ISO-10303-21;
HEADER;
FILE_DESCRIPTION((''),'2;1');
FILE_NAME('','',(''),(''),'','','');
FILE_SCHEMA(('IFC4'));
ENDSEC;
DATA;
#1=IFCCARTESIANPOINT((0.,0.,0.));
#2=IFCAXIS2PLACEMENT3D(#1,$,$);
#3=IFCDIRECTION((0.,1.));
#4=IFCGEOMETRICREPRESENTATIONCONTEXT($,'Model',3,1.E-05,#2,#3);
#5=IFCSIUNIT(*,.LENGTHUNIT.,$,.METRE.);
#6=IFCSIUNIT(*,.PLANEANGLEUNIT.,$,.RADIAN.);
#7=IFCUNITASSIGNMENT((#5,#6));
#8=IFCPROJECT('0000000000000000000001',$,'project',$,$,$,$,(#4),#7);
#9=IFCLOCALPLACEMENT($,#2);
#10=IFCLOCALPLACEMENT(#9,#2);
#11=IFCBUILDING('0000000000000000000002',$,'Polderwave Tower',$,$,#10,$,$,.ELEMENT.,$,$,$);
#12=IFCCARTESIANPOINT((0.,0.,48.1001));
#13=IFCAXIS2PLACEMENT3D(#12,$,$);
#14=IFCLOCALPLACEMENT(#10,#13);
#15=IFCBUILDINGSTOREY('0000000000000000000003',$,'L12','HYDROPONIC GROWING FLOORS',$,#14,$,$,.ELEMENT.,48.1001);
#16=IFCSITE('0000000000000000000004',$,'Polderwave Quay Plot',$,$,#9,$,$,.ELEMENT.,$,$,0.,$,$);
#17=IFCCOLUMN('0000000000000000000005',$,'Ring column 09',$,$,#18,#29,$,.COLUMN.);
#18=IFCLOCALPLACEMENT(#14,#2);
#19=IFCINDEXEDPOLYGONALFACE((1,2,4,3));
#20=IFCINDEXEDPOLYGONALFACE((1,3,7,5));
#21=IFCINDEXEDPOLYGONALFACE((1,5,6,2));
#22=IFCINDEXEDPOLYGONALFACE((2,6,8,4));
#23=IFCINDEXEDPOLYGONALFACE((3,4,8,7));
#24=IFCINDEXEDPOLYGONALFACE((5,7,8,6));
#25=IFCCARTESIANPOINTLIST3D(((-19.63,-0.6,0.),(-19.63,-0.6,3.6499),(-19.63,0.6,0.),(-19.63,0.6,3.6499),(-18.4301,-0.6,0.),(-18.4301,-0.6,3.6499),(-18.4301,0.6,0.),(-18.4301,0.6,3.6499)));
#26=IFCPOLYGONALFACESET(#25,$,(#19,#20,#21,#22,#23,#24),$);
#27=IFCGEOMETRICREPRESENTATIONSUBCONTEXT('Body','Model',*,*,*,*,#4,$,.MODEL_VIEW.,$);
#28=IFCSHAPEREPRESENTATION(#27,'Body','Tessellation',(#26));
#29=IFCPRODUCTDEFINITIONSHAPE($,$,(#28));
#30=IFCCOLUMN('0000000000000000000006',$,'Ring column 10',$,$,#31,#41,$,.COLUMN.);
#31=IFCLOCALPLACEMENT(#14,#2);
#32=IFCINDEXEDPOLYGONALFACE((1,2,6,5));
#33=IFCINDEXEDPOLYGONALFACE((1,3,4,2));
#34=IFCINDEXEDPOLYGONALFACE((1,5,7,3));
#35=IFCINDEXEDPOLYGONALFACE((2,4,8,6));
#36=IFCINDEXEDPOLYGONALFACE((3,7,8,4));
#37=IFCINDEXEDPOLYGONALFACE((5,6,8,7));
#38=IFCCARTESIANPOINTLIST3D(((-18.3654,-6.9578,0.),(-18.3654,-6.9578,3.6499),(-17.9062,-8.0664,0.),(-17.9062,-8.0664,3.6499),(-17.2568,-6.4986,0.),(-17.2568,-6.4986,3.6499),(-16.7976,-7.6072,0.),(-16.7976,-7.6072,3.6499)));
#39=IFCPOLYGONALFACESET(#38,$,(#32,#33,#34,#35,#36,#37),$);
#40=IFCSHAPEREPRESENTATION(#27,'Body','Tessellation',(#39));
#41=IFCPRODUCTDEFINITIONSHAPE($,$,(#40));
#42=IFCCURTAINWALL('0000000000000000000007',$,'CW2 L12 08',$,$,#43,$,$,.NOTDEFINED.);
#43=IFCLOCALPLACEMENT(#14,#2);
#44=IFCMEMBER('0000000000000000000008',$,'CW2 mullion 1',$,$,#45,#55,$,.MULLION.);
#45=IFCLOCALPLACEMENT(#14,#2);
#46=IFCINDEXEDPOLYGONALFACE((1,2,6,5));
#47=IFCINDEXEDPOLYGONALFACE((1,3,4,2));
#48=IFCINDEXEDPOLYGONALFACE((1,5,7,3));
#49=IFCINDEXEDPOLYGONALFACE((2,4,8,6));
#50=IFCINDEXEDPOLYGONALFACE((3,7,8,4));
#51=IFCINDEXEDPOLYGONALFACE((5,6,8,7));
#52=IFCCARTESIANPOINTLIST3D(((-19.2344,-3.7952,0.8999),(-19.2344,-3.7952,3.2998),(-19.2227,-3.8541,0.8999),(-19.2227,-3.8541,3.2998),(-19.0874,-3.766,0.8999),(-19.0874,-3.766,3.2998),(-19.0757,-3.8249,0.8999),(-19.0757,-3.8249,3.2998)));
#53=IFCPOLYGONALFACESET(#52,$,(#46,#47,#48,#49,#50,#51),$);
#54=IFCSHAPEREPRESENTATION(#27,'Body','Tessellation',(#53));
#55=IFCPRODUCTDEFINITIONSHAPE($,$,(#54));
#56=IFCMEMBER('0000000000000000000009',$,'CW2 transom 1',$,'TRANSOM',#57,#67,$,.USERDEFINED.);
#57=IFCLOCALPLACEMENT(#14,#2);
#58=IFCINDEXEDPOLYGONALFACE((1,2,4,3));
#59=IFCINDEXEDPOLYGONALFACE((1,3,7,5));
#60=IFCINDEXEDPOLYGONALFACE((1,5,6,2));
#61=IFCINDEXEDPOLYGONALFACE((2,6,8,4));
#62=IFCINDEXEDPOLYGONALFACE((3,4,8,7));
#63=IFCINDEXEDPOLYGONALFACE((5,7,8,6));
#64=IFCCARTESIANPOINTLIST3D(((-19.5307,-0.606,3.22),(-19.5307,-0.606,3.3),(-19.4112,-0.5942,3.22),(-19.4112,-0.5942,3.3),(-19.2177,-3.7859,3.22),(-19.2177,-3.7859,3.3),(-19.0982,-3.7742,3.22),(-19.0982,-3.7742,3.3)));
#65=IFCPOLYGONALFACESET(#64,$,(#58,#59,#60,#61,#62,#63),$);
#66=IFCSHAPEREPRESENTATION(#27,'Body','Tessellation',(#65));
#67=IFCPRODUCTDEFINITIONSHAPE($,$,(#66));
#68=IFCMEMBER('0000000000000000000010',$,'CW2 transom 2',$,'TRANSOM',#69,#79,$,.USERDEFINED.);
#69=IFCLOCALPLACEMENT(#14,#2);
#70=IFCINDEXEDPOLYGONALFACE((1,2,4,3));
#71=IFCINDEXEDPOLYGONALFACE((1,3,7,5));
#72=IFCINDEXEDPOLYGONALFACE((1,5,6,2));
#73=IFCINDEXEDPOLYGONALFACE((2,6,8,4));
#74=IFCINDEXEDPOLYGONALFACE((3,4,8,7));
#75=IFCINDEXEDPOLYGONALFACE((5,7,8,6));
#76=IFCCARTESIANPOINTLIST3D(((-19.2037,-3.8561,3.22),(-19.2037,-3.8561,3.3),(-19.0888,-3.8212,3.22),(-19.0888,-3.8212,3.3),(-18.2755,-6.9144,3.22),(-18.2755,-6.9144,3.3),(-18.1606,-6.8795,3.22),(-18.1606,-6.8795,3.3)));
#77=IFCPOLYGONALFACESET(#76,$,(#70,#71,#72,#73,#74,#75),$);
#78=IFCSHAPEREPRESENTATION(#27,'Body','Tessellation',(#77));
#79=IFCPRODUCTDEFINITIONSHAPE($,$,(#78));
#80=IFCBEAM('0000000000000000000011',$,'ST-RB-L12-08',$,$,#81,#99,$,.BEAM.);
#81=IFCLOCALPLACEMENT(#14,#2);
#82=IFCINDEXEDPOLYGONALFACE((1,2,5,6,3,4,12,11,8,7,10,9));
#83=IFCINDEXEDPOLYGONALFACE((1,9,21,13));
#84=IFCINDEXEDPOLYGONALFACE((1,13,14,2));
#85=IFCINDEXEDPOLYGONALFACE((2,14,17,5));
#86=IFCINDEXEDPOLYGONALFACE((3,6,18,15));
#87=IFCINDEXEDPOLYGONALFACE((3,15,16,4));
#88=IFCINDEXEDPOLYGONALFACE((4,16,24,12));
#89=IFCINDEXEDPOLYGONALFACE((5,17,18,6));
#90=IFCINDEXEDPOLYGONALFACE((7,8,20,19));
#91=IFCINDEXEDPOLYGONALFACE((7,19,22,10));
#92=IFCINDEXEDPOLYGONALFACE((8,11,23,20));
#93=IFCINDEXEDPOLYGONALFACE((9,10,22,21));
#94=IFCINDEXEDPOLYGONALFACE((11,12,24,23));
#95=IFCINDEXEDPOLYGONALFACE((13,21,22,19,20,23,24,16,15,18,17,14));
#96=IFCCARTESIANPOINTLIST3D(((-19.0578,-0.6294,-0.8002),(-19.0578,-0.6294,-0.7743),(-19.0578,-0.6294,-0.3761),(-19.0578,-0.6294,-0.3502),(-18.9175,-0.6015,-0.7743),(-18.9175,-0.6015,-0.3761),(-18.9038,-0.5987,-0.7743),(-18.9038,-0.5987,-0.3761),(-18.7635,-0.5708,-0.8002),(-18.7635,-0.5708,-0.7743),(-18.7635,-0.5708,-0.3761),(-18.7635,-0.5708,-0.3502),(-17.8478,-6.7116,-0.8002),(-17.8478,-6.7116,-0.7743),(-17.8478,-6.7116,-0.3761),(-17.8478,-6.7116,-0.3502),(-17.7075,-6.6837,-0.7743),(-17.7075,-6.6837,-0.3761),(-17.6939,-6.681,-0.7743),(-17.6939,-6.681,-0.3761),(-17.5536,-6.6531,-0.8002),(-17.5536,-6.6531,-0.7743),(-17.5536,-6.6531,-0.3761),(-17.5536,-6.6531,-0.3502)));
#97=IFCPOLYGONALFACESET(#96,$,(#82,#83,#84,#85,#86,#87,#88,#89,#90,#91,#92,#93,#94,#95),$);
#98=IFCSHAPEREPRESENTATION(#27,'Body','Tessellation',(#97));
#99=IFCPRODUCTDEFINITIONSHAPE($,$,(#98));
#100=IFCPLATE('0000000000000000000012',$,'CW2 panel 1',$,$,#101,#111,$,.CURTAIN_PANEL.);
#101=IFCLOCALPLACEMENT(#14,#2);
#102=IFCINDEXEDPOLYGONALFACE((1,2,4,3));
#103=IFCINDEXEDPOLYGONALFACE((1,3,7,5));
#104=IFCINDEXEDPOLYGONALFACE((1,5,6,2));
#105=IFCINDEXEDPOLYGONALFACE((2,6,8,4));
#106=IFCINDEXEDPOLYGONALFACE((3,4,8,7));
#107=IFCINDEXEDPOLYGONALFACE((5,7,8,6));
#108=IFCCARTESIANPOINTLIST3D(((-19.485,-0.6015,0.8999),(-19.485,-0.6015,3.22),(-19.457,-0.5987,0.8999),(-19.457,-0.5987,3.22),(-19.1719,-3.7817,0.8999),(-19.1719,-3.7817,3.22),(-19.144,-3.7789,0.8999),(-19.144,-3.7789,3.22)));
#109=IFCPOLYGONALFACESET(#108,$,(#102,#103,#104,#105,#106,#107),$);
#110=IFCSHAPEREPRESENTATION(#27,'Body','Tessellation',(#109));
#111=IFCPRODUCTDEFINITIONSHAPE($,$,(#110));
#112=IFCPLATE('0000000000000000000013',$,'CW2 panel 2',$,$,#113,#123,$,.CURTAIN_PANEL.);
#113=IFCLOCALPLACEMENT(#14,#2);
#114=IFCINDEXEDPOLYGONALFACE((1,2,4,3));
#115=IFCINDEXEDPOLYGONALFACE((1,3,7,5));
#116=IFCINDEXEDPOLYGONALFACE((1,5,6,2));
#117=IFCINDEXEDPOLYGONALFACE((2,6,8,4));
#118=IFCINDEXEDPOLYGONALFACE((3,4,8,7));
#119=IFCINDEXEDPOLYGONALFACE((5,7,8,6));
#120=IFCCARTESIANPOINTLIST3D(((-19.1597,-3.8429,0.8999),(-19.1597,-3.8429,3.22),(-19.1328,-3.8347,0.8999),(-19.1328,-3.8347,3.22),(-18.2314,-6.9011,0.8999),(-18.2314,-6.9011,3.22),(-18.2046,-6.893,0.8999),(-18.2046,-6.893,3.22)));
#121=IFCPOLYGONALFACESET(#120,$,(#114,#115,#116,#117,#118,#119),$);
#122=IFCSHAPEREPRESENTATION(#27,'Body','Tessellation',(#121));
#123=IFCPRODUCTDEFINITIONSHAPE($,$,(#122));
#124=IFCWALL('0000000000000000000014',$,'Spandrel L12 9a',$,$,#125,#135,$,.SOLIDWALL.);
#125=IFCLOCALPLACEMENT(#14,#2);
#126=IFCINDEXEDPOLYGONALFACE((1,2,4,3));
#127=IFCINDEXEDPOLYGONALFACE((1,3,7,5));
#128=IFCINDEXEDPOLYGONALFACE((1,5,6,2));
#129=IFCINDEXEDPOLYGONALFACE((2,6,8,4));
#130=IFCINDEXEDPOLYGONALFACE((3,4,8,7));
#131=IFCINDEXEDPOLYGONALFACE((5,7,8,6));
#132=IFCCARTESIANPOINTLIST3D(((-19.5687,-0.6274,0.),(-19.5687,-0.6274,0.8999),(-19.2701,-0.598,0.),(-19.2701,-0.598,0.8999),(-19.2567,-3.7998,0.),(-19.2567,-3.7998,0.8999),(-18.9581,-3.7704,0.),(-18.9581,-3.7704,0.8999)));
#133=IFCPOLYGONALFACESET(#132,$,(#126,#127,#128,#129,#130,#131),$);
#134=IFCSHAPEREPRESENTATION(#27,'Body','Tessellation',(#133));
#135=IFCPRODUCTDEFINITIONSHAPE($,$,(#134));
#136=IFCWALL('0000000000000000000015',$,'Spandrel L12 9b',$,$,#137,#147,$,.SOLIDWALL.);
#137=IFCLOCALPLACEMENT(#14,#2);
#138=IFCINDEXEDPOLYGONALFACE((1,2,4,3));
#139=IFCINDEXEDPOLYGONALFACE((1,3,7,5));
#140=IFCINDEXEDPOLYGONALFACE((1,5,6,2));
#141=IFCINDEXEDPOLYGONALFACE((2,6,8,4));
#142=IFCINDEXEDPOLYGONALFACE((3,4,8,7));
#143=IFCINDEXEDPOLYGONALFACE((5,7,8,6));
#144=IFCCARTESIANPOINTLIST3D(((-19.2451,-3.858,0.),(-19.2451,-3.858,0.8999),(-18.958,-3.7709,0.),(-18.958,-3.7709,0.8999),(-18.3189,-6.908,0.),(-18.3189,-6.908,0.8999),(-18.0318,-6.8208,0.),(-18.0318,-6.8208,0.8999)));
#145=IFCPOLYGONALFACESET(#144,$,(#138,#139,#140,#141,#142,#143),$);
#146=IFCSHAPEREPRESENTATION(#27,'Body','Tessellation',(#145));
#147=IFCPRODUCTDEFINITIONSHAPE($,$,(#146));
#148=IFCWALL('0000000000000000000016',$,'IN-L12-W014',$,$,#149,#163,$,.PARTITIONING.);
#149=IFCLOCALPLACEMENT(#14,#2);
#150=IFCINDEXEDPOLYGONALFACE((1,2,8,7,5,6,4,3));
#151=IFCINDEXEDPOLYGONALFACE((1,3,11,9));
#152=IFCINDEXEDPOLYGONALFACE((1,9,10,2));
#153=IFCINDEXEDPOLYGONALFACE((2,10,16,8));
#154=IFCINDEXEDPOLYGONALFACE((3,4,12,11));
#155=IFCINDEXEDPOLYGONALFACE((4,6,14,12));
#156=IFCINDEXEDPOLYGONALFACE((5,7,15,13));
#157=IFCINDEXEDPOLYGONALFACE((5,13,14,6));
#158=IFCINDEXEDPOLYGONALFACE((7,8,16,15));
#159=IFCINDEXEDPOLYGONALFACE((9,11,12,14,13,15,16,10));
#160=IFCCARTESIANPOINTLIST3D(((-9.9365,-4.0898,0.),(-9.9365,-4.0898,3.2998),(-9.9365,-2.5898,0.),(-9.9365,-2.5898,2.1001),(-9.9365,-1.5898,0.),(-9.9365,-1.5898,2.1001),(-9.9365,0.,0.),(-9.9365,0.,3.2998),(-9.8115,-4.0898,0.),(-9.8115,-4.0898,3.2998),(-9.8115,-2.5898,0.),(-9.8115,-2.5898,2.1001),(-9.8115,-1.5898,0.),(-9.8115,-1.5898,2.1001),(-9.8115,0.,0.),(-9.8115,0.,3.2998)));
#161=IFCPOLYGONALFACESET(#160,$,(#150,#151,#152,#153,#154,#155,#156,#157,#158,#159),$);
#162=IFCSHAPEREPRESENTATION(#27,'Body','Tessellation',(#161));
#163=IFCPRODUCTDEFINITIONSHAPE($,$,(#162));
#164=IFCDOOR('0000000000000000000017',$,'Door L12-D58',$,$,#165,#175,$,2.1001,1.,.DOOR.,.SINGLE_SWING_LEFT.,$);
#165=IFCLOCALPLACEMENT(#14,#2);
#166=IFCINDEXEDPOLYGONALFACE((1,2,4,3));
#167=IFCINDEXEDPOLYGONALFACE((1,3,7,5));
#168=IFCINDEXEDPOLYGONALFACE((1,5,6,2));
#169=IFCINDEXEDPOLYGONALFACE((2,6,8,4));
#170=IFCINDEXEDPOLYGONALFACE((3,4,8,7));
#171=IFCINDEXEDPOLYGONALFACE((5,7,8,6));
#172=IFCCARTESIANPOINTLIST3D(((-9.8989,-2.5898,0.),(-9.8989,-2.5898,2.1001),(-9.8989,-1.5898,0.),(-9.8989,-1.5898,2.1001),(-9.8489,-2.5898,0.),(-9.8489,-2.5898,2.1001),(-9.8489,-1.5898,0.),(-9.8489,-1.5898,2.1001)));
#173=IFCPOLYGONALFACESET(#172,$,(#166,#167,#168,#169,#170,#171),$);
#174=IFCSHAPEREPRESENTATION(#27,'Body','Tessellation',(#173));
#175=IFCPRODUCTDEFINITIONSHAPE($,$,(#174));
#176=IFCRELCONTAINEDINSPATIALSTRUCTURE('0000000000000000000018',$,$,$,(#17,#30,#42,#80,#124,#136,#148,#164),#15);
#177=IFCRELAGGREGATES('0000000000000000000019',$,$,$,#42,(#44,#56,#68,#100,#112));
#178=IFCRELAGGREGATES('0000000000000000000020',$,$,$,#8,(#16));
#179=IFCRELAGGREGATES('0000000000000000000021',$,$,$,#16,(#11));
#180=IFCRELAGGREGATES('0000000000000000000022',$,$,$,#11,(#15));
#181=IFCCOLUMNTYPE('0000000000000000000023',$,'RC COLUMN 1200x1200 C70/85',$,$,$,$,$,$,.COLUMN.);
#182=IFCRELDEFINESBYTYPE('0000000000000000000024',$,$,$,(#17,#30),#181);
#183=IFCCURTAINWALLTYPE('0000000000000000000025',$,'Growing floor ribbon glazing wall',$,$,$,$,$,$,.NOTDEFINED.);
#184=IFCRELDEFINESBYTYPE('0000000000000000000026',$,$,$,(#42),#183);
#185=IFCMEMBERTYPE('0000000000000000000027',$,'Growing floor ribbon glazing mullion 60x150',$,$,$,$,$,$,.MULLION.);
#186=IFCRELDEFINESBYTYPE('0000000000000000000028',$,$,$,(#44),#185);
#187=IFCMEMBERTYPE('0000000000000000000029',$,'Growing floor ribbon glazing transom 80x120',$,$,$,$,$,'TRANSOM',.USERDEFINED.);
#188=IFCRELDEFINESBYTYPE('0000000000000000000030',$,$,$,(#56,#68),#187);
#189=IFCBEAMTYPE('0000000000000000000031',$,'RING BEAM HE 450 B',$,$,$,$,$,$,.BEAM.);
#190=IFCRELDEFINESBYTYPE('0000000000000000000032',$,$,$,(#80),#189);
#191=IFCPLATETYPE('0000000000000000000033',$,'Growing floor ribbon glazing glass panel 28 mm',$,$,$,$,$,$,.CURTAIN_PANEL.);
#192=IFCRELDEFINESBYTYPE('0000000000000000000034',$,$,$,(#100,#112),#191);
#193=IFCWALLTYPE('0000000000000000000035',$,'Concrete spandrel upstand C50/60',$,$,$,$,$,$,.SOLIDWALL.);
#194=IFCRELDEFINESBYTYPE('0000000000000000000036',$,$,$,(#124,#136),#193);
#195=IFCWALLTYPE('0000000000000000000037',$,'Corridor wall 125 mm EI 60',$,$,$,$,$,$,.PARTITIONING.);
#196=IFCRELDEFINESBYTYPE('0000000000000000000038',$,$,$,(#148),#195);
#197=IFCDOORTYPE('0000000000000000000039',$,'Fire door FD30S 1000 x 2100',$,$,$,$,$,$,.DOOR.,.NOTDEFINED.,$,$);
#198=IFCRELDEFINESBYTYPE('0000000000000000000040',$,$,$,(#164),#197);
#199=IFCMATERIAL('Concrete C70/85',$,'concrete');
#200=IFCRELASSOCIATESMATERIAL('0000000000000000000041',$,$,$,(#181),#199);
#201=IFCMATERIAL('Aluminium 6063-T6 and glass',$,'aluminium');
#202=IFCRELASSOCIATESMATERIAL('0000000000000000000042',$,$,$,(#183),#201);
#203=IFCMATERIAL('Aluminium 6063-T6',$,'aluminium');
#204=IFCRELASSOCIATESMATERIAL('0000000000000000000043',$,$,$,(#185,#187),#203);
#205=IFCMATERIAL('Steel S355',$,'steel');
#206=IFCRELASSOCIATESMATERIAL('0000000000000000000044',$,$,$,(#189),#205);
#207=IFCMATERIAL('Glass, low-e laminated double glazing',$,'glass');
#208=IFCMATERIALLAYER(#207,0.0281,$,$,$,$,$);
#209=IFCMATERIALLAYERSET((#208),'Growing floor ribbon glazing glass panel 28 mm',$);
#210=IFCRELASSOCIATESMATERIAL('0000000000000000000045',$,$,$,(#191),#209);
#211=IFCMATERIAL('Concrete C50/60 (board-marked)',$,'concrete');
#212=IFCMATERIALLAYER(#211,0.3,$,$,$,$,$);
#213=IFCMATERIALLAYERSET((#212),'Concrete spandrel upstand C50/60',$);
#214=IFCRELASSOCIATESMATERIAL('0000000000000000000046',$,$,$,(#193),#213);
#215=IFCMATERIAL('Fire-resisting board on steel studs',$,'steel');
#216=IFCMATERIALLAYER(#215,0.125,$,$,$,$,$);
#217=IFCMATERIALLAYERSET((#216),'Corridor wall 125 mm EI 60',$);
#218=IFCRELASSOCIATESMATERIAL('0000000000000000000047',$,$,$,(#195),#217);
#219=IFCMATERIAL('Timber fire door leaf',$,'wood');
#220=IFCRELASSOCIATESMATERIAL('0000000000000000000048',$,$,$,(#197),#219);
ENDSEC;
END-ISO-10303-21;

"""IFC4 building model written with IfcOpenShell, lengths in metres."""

from ifc_helpers import new_model, si_unit, direction, frame, frame_2d, origin, origin_2d, place, context, subcontext, project, spatial, rectangle, i_section, extrude, material, layer, layer_set, material_profile, profile_set, type_object, element, fill, aggregate, save


model = new_model("IFC4")

# Units and contexts
model_context = context("Model", 3, precision=1e-05, world=origin(), true_north=direction((0.0, 1.0)))
body_context = subcontext(model_context, "Body", "Model", "MODEL_VIEW")
ifc_project = project(units=[si_unit("LENGTHUNIT", "METRE"), si_unit("PLANEANGLEUNIT", "RADIAN")], contexts=[model_context])

# Site, building, storey
site_placement = place(None, origin())
site = spatial("IfcSite", under=ifc_project, at=site_placement, Name="Polderwave Quay Plot", CompositionType="ELEMENT", RefElevation=0.0)
building_placement = place(site_placement, origin())
building = spatial("IfcBuilding", under=site, at=building_placement, Name="Polderwave Tower", CompositionType="ELEMENT")
storey_placement = place(building_placement, frame((0.0, 0.0, 48.1001)))
storey = spatial("IfcBuildingStorey", under=building, at=storey_placement, Name="L12", Description="HYDROPONIC GROWING FLOORS", CompositionType="ELEMENT", Elevation=48.1001)

# Columns
ifc_material_1 = material(Name="Concrete C70/85", Category="concrete")
ifc_material_profile_1 = material_profile(ifc_material_1, rectangle(XDim=1.2, YDim=1.2, at=origin_2d()), Name="RC 1200x1200")
ifc_profile_set_1 = profile_set([ifc_material_profile_1], Name="Concrete C70/85")
column_type = type_object("IfcColumnType", Name="RC COLUMN 1200x1200 C70/85", PredefinedType="COLUMN", material=ifc_profile_set_1)
for number, where, z_axis, x_axis, name in (
    (1, (-19.03, 0.0, 0.0), (0.0, 0.0, 1.0), (-1.0, 0.0, 0.0), "Ring column 09"),
    (2, (-17.5815, -7.2825, 0.0), (0.0, 0.0, 1.0), (-0.92388, -0.382683, 0.0), "Ring column 10"),
):
    element("IfcColumn", number, at=place(storey_placement, frame(where, z_axis=z_axis, x_axis=x_axis)), inside=storey, type_object=column_type, Name=name, PredefinedType="COLUMN", context=body_context, shape_type="SweptSolid", body=[
        extrude(rectangle(XDim=1.2, YDim=1.2, at=origin_2d()), origin(), (0.0, 0.0, 1.0), 3.6499),
    ])

# Curtain wall, members
ifc_material_2 = material(Name="Aluminium 6063-T6 and glass", Category="aluminium")
curtain_wall_type = type_object("IfcCurtainWallType", Name="Growing floor ribbon glazing wall", PredefinedType="NOTDEFINED", material=ifc_material_2)
curtain_wall_placement = place(storey_placement, origin())
curtain_wall = element("IfcCurtainWall", 3, at=curtain_wall_placement, inside=storey, type_object=curtain_wall_type, Name="CW2 L12 08", PredefinedType="NOTDEFINED")
ifc_material_3 = material(Name="Aluminium 6063-T6", Category="aluminium")
ifc_material_profile_2 = material_profile(ifc_material_3, rectangle(XDim=0.1499, YDim=0.0601, at=origin_2d()), Name="AL 60x150")
ifc_profile_set_2 = profile_set([ifc_material_profile_2], Name="Aluminium 6063-T6")
member_type_1 = type_object("IfcMemberType", Name="Growing floor ribbon glazing mullion 60x150", PredefinedType="MULLION", material=ifc_profile_set_2)
member_1_placement = place(storey_placement, frame((-19.155, -3.8101, 0.8999), z_axis=(0.0, 0.0, 1.0), x_axis=(0.980774, 0.195149, 0.0)))
member_1 = element("IfcMember", 4, at=member_1_placement, type_object=member_type_1, Name="CW2 mullion 1", PredefinedType="MULLION", context=body_context, shape_type="SweptSolid", body=[
    extrude(rectangle(XDim=0.1499, YDim=0.0601, at=origin_2d()), origin(), (0.0, 0.0, 1.0), 2.3999),
])
ifc_material_profile_3 = material_profile(ifc_material_3, rectangle(XDim=0.1201, YDim=0.0801, at=origin_2d()), Name="AL 80x120")
ifc_profile_set_3 = profile_set([ifc_material_profile_3], Name="Aluminium 6063-T6")
member_type_2 = type_object("IfcMemberType", Name="Growing floor ribbon glazing transom 80x120", ElementType="TRANSOM", PredefinedType="USERDEFINED", material=ifc_profile_set_3)
member_2_placement = place(storey_placement, frame((-19.4709, -0.6001, 3.26), z_axis=(0.097953, -0.995191, 0.0), x_axis=(0.995191, 0.097953, 0.0)))
member_2 = element("IfcMember", 5, at=member_2_placement, type_object=member_type_2, Name="CW2 transom 1", ObjectType="TRANSOM", PredefinedType="USERDEFINED", context=body_context, shape_type="SweptSolid", body=[
    extrude(rectangle(XDim=0.1201, YDim=0.0801, at=origin_2d()), origin(), (0.0, 0.0, 1.0), 3.1953),
])
member_3_placement = place(storey_placement, frame((-19.1462, -3.8386, 3.26), z_axis=(0.290423, -0.956898, 0.0), x_axis=(0.956898, 0.290423, 0.0)))
member_3 = element("IfcMember", 6, at=member_3_placement, type_object=member_type_2, Name="CW2 transom 2", ObjectType="TRANSOM", PredefinedType="USERDEFINED", context=body_context, shape_type="SweptSolid", body=[
    extrude(rectangle(XDim=0.1201, YDim=0.0801, at=origin_2d()), origin(), (0.0, 0.0, 1.0), 3.196),
])

# Beam
ifc_material_4 = material(Name="Steel S355", Category="steel")
ifc_material_profile_4 = material_profile(ifc_material_4, i_section(OverallWidth=0.3, OverallDepth=0.45, WebThickness=0.0139, FlangeThickness=0.0259, at=origin_2d()), Name="HE 450 B")
ifc_profile_set_4 = profile_set([ifc_material_profile_4], Name="Steel S355")
beam_type = type_object("IfcBeamType", Name="RING BEAM HE 450 B", PredefinedType="BEAM", material=ifc_profile_set_4)
beam_placement = place(storey_placement, frame((-18.9106, -0.6001, -0.5752), z_axis=(0.195109, -0.980782, 0.0), x_axis=(0.980782, 0.195109, 0.0)))
element("IfcBeam", 7, at=beam_placement, inside=storey, type_object=beam_type, Name="ST-RB-L12-08", PredefinedType="BEAM", context=body_context, shape_type="SweptSolid", body=[
    extrude(i_section(OverallWidth=0.3, OverallDepth=0.45, WebThickness=0.0139, FlangeThickness=0.0259, at=origin_2d()), origin(), (0.0, 0.0, 1.0), 6.2014),
])

# Plates
ifc_material_5 = material(Name="Glass, low-e laminated double glazing", Category="glass")
ifc_layer_1 = layer(ifc_material_5, 0.0281)
ifc_layer_set_1 = layer_set([ifc_layer_1], Name="Growing floor ribbon glazing glass panel 28 mm")
plate_type = type_object("IfcPlateType", Name="Growing floor ribbon glazing glass panel 28 mm", PredefinedType="CURTAIN_PANEL", material=ifc_layer_set_1)
plate_1_placement = place(storey_placement, frame((-19.3145, -2.1902, 0.8999), z_axis=(0.0, 0.0, 1.0), x_axis=(0.097969, -0.99519, 0.0)))
plate_1 = element("IfcPlate", 8, at=plate_1_placement, type_object=plate_type, Name="CW2 panel 1", PredefinedType="CURTAIN_PANEL", context=body_context, shape_type="SweptSolid", body=[
    extrude(rectangle(XDim=3.1956, YDim=0.0281, at=origin_2d()), origin(), (0.0, 0.0, 1.0), 2.3201),
])
plate_2_placement = place(storey_placement, frame((-18.6821, -5.3679, 0.8999), z_axis=(0.0, 0.0, 1.0), x_axis=(0.290447, -0.956891, 0.0)))
plate_2 = element("IfcPlate", 9, at=plate_2_placement, type_object=plate_type, Name="CW2 panel 2", PredefinedType="CURTAIN_PANEL", context=body_context, shape_type="SweptSolid", body=[
    extrude(rectangle(XDim=3.196, YDim=0.0281, at=origin_2d()), origin(), (0.0, 0.0, 1.0), 2.3201),
])
aggregate(curtain_wall, [member_1, member_2, member_3, plate_1, plate_2])

# Walls
ifc_material_6 = material(Name="Concrete C50/60 (board-marked)", Category="concrete")
ifc_layer_2 = layer(ifc_material_6, 0.3)
ifc_layer_set_2 = layer_set([ifc_layer_2], Name="Concrete spandrel upstand C50/60")
wall_type_1 = type_object("IfcWallType", Name="Concrete spandrel upstand C50/60", PredefinedType="SOLIDWALL", material=ifc_layer_set_2)
wall_1_placement = place(storey_placement, frame((-19.4194, -0.6128, 0.0), z_axis=(0.0, 0.0, 1.0), x_axis=(0.097881, -0.995198, 0.0)))
element("IfcWall", 10, at=wall_1_placement, inside=storey, type_object=wall_type_1, Name="Spandrel L12 9a", PredefinedType="SOLIDWALL", context=body_context, shape_type="SweptSolid", body=[
    extrude(rectangle(XDim=3.1877, YDim=0.3, at=frame_2d((1.5938, 0.0))), origin(), (0.0, 0.0, 1.0), 0.8999),
])
wall_2_placement = place(storey_placement, frame((-19.1016, -3.8145, 0.0), z_axis=(0.0, 0.0, 1.0), x_axis=(0.290586, -0.956849, 0.0)))
element("IfcWall", 11, at=wall_2_placement, inside=storey, type_object=wall_type_1, Name="Spandrel L12 9b", PredefinedType="SOLIDWALL", context=body_context, shape_type="SweptSolid", body=[
    extrude(rectangle(XDim=3.1875, YDim=0.3, at=frame_2d((1.5938, 0.0))), origin(), (0.0, 0.0, 1.0), 0.8999),
])

# Wall, opening, door
ifc_material_7 = material(Name="Fire-resisting board on steel studs", Category="steel")
ifc_layer_3 = layer(ifc_material_7, 0.125)
ifc_layer_set_3 = layer_set([ifc_layer_3], Name="Corridor wall 125 mm EI 60")
wall_type_2 = type_object("IfcWallType", Name="Corridor wall 125 mm EI 60", PredefinedType="PARTITIONING", material=ifc_layer_set_3)
wall_3_placement = place(storey_placement, frame((-9.874, -4.0898, 0.0), z_axis=(0.0, 0.0, 1.0), x_axis=(0.0, 1.0, 0.0)))
wall_3 = element("IfcWall", 12, at=wall_3_placement, inside=storey, type_object=wall_type_2, Name="IN-L12-W014", PredefinedType="PARTITIONING", context=body_context, shape_type="SweptSolid", body=[
    extrude(rectangle(XDim=4.0898, YDim=0.125, at=frame_2d((2.0449, 0.0))), origin(), (0.0, 0.0, 1.0), 3.2998),
])
opening_1_placement = place(wall_3_placement, frame((1.5, 0.0, 0.0)))
opening_1 = element("IfcOpeningElement", 13, at=opening_1_placement, cuts=wall_3, PredefinedType="OPENING", context=body_context, shape_type="SweptSolid", body=[
    extrude(rectangle(XDim=1.0, YDim=2.1001, at=frame_2d((0.5, 1.05))), frame((0.0, 0.0725, 0.0), z_axis=(0.0, -1.0, 0.0), x_axis=(1.0, 0.0, 0.0)), (0.0, 0.0, 1.0), 0.145),
])
ifc_material_8 = material(Name="Timber fire door leaf", Category="wood")
door_type_1 = type_object("IfcDoorType", Name="Fire door FD30S 1000 x 2100", OperationType="NOTDEFINED", PredefinedType="DOOR", material=ifc_material_8)
door_1_placement = place(opening_1_placement, origin())
door_1 = element("IfcDoor", 14, at=door_1_placement, inside=storey, type_object=door_type_1, Name="Door L12-D58", OperationType="SINGLE_SWING_LEFT", OverallHeight=2.1001, OverallWidth=1.0, PredefinedType="DOOR", context=body_context, shape_type="SweptSolid", body=[
    extrude(rectangle(XDim=1.0, YDim=2.1001, at=frame_2d((0.5, 1.05))), frame((0.0, 0.0249, 0.0), z_axis=(0.0, -1.0, 0.0), x_axis=(1.0, 0.0, 0.0)), (0.0, 0.0, 1.0), 0.05),
])
fill(opening_1, door_1)

save(model, "model.ifc")
